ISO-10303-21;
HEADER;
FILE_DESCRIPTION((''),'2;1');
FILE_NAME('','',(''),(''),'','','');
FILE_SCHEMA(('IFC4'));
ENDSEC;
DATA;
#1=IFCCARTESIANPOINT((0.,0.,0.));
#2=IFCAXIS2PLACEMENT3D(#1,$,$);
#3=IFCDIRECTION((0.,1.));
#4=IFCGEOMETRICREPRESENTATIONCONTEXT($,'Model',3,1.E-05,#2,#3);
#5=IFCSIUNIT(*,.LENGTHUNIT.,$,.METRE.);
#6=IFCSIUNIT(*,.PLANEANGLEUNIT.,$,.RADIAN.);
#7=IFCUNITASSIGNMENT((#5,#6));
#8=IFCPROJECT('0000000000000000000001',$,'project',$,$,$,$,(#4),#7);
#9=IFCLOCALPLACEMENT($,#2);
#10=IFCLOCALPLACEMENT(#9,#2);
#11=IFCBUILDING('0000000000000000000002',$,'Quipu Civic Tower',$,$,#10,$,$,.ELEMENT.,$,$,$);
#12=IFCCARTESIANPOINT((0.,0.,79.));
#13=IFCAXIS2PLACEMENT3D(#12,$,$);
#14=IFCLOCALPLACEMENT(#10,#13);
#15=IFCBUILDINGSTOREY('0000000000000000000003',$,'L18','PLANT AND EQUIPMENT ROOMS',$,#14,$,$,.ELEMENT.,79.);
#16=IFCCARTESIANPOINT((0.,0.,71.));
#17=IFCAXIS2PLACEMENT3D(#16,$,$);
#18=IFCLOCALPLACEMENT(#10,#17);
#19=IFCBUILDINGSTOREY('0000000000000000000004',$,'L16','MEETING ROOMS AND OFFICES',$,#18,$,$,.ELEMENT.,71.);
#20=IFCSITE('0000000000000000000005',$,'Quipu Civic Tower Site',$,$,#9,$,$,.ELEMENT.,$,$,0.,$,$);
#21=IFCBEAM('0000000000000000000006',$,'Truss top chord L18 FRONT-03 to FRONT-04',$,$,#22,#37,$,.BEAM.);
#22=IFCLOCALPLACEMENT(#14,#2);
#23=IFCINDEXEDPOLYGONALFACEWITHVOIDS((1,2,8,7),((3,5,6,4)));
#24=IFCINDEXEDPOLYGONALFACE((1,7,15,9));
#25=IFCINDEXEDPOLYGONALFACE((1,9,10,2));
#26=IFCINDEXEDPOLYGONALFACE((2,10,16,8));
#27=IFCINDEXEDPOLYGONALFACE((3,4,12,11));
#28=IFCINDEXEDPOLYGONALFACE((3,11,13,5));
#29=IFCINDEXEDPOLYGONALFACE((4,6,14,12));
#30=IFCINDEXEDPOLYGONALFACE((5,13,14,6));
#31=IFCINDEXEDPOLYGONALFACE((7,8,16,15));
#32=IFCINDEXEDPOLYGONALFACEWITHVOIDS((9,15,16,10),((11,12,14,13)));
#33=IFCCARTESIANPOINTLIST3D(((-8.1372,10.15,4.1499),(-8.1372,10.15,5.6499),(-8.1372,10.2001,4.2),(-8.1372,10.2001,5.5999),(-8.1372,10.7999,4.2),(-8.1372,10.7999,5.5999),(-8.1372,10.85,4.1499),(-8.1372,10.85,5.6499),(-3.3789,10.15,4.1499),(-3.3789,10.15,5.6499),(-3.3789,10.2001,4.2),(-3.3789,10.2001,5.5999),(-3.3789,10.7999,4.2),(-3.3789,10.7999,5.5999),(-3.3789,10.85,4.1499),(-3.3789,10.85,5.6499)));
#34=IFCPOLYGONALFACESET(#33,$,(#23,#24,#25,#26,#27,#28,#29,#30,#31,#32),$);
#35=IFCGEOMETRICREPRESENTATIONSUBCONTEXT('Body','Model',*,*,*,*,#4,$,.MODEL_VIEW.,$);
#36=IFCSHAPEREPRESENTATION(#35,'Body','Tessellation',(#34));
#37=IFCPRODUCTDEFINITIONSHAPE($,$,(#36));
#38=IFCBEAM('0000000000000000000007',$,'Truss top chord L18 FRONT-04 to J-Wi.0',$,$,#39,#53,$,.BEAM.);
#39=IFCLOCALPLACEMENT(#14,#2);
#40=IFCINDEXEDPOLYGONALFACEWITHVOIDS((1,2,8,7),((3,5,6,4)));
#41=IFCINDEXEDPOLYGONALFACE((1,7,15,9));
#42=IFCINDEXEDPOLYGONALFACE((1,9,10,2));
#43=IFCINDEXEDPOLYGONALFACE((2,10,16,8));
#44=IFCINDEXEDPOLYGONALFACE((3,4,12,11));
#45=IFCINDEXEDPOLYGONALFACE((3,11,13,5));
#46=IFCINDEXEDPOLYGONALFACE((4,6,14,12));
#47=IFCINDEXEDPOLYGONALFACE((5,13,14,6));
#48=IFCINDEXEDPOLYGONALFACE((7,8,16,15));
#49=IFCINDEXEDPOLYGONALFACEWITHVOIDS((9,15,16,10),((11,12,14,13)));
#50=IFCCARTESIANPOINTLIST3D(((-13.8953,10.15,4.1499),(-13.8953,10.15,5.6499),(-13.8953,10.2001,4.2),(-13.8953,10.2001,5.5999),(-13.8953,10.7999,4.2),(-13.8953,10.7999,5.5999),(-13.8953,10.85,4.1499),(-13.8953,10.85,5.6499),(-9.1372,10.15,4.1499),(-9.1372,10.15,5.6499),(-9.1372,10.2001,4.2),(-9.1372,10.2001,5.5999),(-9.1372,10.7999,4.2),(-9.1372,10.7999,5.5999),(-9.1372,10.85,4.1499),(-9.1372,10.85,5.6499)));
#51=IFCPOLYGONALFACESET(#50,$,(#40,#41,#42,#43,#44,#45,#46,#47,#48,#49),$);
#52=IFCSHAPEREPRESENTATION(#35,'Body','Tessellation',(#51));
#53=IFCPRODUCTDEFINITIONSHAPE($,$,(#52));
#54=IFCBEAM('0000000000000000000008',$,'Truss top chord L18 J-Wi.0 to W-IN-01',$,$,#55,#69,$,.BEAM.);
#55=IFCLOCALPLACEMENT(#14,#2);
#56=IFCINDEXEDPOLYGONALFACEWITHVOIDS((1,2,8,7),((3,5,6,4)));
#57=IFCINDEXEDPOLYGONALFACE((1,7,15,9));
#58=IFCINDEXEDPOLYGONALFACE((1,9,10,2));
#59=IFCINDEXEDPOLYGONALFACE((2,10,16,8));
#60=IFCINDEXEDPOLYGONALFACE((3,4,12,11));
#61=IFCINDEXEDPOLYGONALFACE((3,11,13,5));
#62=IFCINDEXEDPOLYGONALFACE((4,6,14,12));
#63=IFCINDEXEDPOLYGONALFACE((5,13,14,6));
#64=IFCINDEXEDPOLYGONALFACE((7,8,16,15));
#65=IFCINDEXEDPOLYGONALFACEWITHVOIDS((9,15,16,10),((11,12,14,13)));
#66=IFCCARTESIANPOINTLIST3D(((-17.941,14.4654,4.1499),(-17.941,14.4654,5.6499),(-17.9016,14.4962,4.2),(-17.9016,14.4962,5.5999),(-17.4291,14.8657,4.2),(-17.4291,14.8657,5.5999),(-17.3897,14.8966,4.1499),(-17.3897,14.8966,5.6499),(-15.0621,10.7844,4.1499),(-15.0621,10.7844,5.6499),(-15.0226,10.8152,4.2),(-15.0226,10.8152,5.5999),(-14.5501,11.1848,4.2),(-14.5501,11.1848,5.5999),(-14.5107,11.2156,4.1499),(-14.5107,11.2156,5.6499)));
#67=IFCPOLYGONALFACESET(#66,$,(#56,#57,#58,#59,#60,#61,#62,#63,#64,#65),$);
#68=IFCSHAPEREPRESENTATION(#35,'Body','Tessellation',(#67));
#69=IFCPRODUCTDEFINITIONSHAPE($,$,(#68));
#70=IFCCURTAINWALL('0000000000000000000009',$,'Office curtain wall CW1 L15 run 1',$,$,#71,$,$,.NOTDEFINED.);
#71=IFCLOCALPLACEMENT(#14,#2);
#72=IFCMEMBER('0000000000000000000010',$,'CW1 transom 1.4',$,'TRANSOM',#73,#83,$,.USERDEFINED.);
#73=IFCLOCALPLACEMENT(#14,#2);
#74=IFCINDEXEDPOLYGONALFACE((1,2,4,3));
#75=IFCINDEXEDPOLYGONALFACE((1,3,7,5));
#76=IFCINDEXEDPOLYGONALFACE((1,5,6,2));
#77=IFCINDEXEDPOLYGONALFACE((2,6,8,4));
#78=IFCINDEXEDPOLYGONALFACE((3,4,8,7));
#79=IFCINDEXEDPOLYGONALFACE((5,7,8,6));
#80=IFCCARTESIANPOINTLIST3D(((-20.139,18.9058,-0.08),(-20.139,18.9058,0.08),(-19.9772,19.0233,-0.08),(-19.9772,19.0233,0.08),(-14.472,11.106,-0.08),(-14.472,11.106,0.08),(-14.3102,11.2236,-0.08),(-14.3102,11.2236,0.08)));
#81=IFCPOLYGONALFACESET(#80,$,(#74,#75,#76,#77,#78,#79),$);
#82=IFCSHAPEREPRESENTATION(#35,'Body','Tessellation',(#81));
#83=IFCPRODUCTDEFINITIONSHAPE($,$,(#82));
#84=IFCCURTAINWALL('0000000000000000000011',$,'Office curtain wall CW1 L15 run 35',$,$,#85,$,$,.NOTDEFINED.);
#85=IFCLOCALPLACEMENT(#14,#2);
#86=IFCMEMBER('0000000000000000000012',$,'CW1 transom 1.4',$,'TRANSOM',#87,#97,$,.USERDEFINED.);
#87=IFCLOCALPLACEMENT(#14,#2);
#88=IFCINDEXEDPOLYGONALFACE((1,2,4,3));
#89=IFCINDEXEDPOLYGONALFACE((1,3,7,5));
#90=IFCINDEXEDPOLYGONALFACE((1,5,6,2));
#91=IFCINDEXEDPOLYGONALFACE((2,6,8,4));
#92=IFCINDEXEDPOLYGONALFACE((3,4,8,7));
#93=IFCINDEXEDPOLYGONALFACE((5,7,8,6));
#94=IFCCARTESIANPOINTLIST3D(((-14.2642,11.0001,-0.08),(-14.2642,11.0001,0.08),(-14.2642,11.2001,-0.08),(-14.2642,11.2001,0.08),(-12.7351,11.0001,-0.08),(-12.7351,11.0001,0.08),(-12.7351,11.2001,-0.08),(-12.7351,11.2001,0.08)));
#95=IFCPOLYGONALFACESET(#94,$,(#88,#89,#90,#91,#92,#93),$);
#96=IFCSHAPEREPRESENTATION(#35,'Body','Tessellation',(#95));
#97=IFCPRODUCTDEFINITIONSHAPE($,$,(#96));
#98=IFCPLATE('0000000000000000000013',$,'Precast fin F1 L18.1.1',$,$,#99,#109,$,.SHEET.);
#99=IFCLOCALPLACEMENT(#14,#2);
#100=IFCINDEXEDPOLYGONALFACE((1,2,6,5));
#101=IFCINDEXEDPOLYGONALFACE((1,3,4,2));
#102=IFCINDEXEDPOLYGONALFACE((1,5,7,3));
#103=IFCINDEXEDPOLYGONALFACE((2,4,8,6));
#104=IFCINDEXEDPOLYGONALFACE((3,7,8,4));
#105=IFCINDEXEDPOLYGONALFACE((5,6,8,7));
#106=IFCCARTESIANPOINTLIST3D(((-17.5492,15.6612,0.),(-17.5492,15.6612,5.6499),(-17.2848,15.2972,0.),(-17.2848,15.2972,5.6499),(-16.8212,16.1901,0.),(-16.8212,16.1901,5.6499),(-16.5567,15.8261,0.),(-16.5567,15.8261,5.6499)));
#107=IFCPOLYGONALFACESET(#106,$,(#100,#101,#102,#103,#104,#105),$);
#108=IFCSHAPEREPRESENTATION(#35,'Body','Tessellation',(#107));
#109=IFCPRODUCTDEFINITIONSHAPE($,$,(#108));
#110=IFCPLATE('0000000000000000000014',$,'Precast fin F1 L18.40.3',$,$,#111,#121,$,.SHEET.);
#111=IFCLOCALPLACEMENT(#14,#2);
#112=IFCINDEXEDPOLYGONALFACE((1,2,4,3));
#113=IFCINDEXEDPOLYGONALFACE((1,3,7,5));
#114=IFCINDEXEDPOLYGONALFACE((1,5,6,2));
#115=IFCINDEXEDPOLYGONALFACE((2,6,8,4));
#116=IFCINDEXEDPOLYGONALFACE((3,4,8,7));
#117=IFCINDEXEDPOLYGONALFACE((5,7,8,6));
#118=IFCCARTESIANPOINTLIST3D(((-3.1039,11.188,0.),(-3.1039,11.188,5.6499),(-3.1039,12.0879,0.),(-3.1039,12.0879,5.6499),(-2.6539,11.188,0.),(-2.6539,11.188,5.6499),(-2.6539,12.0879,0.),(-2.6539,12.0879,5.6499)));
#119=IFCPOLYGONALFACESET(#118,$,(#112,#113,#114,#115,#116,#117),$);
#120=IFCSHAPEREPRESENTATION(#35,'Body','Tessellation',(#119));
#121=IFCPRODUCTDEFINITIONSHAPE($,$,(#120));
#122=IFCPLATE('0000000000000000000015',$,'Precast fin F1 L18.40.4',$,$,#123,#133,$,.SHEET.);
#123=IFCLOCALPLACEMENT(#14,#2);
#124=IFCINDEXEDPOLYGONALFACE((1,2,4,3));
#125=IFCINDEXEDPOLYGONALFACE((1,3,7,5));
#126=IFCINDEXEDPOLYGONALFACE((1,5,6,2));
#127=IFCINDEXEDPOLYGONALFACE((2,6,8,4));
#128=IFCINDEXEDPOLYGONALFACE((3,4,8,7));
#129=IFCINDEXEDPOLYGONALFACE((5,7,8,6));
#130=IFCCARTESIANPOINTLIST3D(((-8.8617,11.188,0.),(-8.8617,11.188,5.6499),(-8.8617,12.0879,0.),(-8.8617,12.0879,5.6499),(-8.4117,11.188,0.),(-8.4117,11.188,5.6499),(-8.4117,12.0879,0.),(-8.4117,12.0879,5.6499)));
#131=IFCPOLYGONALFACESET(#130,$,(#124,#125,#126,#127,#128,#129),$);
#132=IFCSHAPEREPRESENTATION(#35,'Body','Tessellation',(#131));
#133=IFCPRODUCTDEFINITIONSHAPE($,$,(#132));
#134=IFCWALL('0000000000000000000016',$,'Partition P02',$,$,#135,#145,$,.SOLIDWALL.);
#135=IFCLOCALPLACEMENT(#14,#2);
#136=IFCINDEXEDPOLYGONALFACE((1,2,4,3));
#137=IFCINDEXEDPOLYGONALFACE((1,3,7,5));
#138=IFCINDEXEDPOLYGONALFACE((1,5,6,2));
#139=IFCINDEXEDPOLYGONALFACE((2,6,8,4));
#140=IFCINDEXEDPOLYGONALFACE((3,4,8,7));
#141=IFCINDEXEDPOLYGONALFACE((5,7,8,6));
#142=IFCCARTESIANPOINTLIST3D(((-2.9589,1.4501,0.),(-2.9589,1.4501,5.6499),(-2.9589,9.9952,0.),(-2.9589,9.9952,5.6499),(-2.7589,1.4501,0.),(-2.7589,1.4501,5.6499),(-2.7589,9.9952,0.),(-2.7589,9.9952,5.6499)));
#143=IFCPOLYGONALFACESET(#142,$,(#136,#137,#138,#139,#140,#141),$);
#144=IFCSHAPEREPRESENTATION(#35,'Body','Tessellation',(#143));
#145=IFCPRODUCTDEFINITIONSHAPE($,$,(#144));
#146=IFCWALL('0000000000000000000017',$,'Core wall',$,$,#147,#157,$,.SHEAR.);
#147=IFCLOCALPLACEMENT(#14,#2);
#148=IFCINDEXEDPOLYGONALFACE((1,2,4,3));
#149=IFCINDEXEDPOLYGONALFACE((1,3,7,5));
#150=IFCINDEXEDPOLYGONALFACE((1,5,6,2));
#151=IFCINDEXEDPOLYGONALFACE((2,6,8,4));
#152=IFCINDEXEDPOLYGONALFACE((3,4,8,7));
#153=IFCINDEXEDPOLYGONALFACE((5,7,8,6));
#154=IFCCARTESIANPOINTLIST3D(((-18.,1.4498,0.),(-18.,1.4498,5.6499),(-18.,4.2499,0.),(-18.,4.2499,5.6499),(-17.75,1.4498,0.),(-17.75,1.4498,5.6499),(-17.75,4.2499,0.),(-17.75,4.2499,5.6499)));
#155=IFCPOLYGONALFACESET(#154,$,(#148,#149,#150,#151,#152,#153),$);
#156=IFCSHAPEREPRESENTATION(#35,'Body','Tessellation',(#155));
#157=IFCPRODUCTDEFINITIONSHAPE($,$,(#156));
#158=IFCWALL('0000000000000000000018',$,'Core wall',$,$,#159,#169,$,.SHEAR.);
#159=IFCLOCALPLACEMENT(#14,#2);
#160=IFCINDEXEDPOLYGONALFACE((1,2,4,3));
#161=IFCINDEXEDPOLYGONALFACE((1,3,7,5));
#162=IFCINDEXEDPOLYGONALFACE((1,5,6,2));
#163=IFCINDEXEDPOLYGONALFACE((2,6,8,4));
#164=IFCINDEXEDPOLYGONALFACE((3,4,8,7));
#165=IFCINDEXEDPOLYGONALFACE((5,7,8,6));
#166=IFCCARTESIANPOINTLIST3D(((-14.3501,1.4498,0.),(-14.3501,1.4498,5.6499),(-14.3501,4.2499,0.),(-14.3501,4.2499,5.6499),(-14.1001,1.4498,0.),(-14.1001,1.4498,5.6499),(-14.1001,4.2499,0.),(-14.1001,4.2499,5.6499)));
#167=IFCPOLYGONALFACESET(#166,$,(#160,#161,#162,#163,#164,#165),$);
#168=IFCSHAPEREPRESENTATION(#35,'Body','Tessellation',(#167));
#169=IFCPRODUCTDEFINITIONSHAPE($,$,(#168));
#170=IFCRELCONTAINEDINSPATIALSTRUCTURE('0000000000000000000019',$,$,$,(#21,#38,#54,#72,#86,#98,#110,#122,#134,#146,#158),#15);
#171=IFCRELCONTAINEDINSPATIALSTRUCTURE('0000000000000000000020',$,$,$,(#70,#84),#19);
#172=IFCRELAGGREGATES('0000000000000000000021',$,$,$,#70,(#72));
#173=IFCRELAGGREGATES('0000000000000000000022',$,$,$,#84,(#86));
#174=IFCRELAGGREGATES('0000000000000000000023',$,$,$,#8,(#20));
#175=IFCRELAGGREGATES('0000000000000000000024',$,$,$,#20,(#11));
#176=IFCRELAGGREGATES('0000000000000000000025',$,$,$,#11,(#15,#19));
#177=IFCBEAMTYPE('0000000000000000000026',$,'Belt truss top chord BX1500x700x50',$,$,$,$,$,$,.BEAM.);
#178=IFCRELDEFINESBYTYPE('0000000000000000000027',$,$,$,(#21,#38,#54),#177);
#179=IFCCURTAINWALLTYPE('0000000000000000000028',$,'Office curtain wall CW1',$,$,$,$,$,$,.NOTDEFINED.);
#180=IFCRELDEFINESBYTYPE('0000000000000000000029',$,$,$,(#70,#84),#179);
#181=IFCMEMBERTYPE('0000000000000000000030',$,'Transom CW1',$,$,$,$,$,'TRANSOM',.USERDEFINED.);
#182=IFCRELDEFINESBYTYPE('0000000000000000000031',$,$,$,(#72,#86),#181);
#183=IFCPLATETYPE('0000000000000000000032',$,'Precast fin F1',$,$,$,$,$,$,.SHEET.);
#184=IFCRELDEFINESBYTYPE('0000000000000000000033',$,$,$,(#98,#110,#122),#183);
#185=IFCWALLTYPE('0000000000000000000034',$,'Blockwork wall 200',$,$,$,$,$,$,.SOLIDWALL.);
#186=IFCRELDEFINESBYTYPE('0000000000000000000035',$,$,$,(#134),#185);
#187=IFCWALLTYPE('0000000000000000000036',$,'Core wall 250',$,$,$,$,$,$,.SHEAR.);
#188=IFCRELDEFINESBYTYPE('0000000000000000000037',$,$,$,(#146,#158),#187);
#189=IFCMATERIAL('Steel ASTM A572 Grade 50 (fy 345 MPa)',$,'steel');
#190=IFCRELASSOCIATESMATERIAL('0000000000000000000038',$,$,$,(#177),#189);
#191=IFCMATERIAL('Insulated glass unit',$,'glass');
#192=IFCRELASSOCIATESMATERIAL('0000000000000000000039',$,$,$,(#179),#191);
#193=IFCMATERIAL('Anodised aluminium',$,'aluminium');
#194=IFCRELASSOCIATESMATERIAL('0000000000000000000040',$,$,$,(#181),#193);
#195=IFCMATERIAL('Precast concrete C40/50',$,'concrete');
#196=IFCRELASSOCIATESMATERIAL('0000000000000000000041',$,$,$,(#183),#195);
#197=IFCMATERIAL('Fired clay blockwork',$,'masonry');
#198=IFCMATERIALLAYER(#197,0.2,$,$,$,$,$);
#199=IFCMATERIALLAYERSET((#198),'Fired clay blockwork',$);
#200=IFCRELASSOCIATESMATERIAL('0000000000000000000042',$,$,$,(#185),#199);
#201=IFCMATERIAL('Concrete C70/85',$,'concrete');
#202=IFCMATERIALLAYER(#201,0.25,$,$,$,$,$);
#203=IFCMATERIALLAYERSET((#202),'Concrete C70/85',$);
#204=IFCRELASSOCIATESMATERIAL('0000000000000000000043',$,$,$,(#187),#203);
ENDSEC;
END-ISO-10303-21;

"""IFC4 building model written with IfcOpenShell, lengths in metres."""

from ifc_helpers import new_model, si_unit, direction, frame, frame_2d, origin, origin_2d, place, context, subcontext, project, spatial, rectangle, hollow_rectangle, extrude, material, layer, layer_set, material_profile, profile_set, type_object, element, aggregate, save


model = new_model("IFC4")

# Units and contexts
model_context = context("Model", 3, precision=1e-05, world=origin(), true_north=direction((0.0, 1.0)))
body_context = subcontext(model_context, "Body", "Model", "MODEL_VIEW")
ifc_project = project(units=[si_unit("LENGTHUNIT", "METRE"), si_unit("PLANEANGLEUNIT", "RADIAN")], contexts=[model_context])

# Site, building, storey
site_placement = place(None, origin())
site = spatial("IfcSite", under=ifc_project, at=site_placement, Name="Quipu Civic Tower Site", CompositionType="ELEMENT", RefElevation=0.0)
building_placement = place(site_placement, origin())
building = spatial("IfcBuilding", under=site, at=building_placement, Name="Quipu Civic Tower", CompositionType="ELEMENT")
storey_1_placement = place(building_placement, frame((0.0, 0.0, 79.0)))
storey_1 = spatial("IfcBuildingStorey", under=building, at=storey_1_placement, Name="L18", Description="PLANT AND EQUIPMENT ROOMS", CompositionType="ELEMENT", Elevation=79.0)

# Beams
ifc_material_1 = material(Name="Steel ASTM A572 Grade 50 (fy 345 MPa)", Category="steel")
ifc_material_profile_1 = material_profile(ifc_material_1, hollow_rectangle(XDim=0.7, YDim=1.5, WallThickness=0.05, at=origin_2d()), Name="BX1500x700x50")
ifc_profile_set_1 = profile_set([ifc_material_profile_1], Name="Steel ASTM A572 Grade 50 (fy 345 MPa)")
beam_type_1 = type_object("IfcBeamType", Name="Belt truss top chord BX1500x700x50", PredefinedType="BEAM", material=ifc_profile_set_1)
beam_1_placement = place(storey_1_placement, frame((-3.3789, 10.5, 4.8999), z_axis=(-1.0, 0.0, 0.0), x_axis=(0.0, -1.0, 0.0)))
element("IfcBeam", 1, at=beam_1_placement, inside=storey_1, type_object=beam_type_1, Name="Truss top chord L18 FRONT-03 to FRONT-04", PredefinedType="BEAM", context=body_context, shape_type="SweptSolid", body=[
    extrude(hollow_rectangle(XDim=0.7, YDim=1.5, WallThickness=0.05, at=origin_2d()), origin(), (0.0, 0.0, 1.0), 4.7583),
])
beam_2_placement = place(storey_1_placement, frame((-9.1372, 10.5, 4.8999), z_axis=(-1.0, 0.0, 0.0), x_axis=(0.0, -1.0, 0.0)))
element("IfcBeam", 2, at=beam_2_placement, inside=storey_1, type_object=beam_type_1, Name="Truss top chord L18 FRONT-04 to J-Wi.0", PredefinedType="BEAM", context=body_context, shape_type="SweptSolid", body=[
    extrude(hollow_rectangle(XDim=0.7, YDim=1.5, WallThickness=0.05, at=origin_2d()), origin(), (0.0, 0.0, 1.0), 4.7581),
])
beam_3_placement = place(storey_1_placement, frame((-14.7864, 11.0, 4.8999), z_axis=(-0.616069, 0.787692, 0.0), x_axis=(-0.787692, -0.616069, 0.0)))
element("IfcBeam", 3, at=beam_3_placement, inside=storey_1, type_object=beam_type_1, Name="Truss top chord L18 J-Wi.0 to W-IN-01", PredefinedType="BEAM", context=body_context, shape_type="SweptSolid", body=[
    extrude(hollow_rectangle(XDim=0.7, YDim=1.5, WallThickness=0.05, at=origin_2d()), origin(), (0.0, 0.0, 1.0), 4.6731),
])

# Shared definitions
storey_2_placement = place(building_placement, frame((0.0, 0.0, 71.0)))
storey_2 = spatial("IfcBuildingStorey", under=building, at=storey_2_placement, Name="L16", Description="MEETING ROOMS AND OFFICES", CompositionType="ELEMENT", Elevation=71.0)

# Curtain walls, members
ifc_material_2 = material(Name="Insulated glass unit", Category="glass")
curtain_wall_type = type_object("IfcCurtainWallType", Name="Office curtain wall CW1", PredefinedType="NOTDEFINED", material=ifc_material_2)
curtain_wall_1_placement = place(storey_2_placement, origin())
curtain_wall_1 = element("IfcCurtainWall", 4, at=curtain_wall_1_placement, inside=storey_2, type_object=curtain_wall_type, Name="Office curtain wall CW1 L15 run 1", PredefinedType="NOTDEFINED")
ifc_material_3 = material(Name="Anodised aluminium", Category="aluminium")
ifc_material_profile_2 = material_profile(ifc_material_3, rectangle(XDim=0.2, YDim=0.1599, at=origin_2d()), Name="RECT 200x160")
ifc_profile_set_2 = profile_set([ifc_material_profile_2], Name="Anodised aluminium")
member_type_1 = type_object("IfcMemberType", Name="Transom CW1", ElementType="TRANSOM", PredefinedType="USERDEFINED", material=ifc_profile_set_2)
member_1_placement = place(storey_1_placement, frame((-14.3911, 11.1648, 0.0), z_axis=(-0.587792, 0.809012, 0.0), x_axis=(-0.809012, -0.587792, 0.0)))
member_1 = element("IfcMember", 5, at=member_1_placement, inside=storey_1, type_object=member_type_1, Name="CW1 transom 1.4", ObjectType="TRANSOM", PredefinedType="USERDEFINED", context=body_context, shape_type="SweptSolid", body=[
    extrude(rectangle(XDim=0.2, YDim=0.1599, at=origin_2d()), origin(), (0.0, 0.0, 1.0), 9.6411),
])
aggregate(curtain_wall_1, [member_1])
curtain_wall_2_placement = place(storey_2_placement, origin())
curtain_wall_2 = element("IfcCurtainWall", 6, at=curtain_wall_2_placement, inside=storey_2, type_object=curtain_wall_type, Name="Office curtain wall CW1 L15 run 35", PredefinedType="NOTDEFINED")
member_2_placement = place(storey_1_placement, frame((-12.7351, 11.1001, 0.0), z_axis=(-1.0, 0.0, 0.0), x_axis=(0.0, -1.0, 0.0)))
member_2 = element("IfcMember", 7, at=member_2_placement, inside=storey_1, type_object=member_type_1, Name="CW1 transom 1.4", ObjectType="TRANSOM", PredefinedType="USERDEFINED", context=body_context, shape_type="SweptSolid", body=[
    extrude(rectangle(XDim=0.2, YDim=0.1599, at=origin_2d()), origin(), (0.0, 0.0, 1.0), 1.5291),
])
aggregate(curtain_wall_2, [member_2])

# Plates
ifc_material_4 = material(Name="Precast concrete C40/50", Category="concrete")
plate_type = type_object("IfcPlateType", Name="Precast fin F1", PredefinedType="SHEET", material=ifc_material_4)
for number, where, z_axis, x_axis, name in (
    (8, (-17.053, 15.7437, 0.0), (0.0, 0.0, 1.0), (-0.587785, 0.809017, 0.0), "Precast fin F1 L18.1.1"),
    (9, (-2.8789, 11.6379, 0.0), (0.0, 0.0, 1.0), (-1.0, 0.0, 0.0), "Precast fin F1 L18.40.3"),
    (10, (-8.6367, 11.6379, 0.0), (0.0, 0.0, 1.0), (-1.0, 0.0, 0.0), "Precast fin F1 L18.40.4"),
):
    element("IfcPlate", number, at=place(storey_1_placement, frame(where, z_axis=z_axis, x_axis=x_axis)), inside=storey_1, type_object=plate_type, Name=name, PredefinedType="SHEET", context=body_context, shape_type="SweptSolid", body=[
        extrude(rectangle(XDim=0.45, YDim=0.8999, at=origin_2d()), origin(), (0.0, 0.0, 1.0), 5.6499),
    ])

# Walls
ifc_material_5 = material(Name="Fired clay blockwork", Category="masonry")
ifc_layer_1 = layer(ifc_material_5, 0.2)
ifc_layer_set_1 = layer_set([ifc_layer_1], Name="Fired clay blockwork")
wall_type_1 = type_object("IfcWallType", Name="Blockwork wall 200", PredefinedType="SOLIDWALL", material=ifc_layer_set_1)
wall_1_placement = place(storey_1_placement, frame((-2.8589, 9.9951, 0.0), z_axis=(0.0, 0.0, 1.0), x_axis=(0.0, -1.0, 0.0)))
element("IfcWall", 11, at=wall_1_placement, inside=storey_1, type_object=wall_type_1, Name="Partition P02", PredefinedType="SOLIDWALL", context=body_context, shape_type="SweptSolid", body=[
    extrude(rectangle(XDim=8.5452, YDim=0.2, at=frame_2d((4.2725, 0.0))), origin(), (0.0, 0.0, 1.0), 5.6499),
])
ifc_material_6 = material(Name="Concrete C70/85", Category="concrete")
ifc_layer_2 = layer(ifc_material_6, 0.25)
ifc_layer_set_2 = layer_set([ifc_layer_2], Name="Concrete C70/85")
wall_type_2 = type_object("IfcWallType", Name="Core wall 250", PredefinedType="SHEAR", material=ifc_layer_set_2)
for number, where, z_axis, x_axis, name in (
    (12, (-17.875, 1.45, 0.0), (0.0, 0.0, 1.0), (0.0, 1.0, 0.0), "Core wall"),
    (13, (-14.2251, 1.45, 0.0), (0.0, 0.0, 1.0), (0.0, 1.0, 0.0), "Core wall"),
):
    element("IfcWall", number, at=place(storey_1_placement, frame(where, z_axis=z_axis, x_axis=x_axis)), inside=storey_1, type_object=wall_type_2, Name=name, PredefinedType="SHEAR", context=body_context, shape_type="SweptSolid", body=[
        extrude(rectangle(XDim=2.8, YDim=0.25, at=frame_2d((1.3999, 0.0))), origin(), (0.0, 0.0, 1.0), 5.6499),
    ])

save(model, "model.ifc")
